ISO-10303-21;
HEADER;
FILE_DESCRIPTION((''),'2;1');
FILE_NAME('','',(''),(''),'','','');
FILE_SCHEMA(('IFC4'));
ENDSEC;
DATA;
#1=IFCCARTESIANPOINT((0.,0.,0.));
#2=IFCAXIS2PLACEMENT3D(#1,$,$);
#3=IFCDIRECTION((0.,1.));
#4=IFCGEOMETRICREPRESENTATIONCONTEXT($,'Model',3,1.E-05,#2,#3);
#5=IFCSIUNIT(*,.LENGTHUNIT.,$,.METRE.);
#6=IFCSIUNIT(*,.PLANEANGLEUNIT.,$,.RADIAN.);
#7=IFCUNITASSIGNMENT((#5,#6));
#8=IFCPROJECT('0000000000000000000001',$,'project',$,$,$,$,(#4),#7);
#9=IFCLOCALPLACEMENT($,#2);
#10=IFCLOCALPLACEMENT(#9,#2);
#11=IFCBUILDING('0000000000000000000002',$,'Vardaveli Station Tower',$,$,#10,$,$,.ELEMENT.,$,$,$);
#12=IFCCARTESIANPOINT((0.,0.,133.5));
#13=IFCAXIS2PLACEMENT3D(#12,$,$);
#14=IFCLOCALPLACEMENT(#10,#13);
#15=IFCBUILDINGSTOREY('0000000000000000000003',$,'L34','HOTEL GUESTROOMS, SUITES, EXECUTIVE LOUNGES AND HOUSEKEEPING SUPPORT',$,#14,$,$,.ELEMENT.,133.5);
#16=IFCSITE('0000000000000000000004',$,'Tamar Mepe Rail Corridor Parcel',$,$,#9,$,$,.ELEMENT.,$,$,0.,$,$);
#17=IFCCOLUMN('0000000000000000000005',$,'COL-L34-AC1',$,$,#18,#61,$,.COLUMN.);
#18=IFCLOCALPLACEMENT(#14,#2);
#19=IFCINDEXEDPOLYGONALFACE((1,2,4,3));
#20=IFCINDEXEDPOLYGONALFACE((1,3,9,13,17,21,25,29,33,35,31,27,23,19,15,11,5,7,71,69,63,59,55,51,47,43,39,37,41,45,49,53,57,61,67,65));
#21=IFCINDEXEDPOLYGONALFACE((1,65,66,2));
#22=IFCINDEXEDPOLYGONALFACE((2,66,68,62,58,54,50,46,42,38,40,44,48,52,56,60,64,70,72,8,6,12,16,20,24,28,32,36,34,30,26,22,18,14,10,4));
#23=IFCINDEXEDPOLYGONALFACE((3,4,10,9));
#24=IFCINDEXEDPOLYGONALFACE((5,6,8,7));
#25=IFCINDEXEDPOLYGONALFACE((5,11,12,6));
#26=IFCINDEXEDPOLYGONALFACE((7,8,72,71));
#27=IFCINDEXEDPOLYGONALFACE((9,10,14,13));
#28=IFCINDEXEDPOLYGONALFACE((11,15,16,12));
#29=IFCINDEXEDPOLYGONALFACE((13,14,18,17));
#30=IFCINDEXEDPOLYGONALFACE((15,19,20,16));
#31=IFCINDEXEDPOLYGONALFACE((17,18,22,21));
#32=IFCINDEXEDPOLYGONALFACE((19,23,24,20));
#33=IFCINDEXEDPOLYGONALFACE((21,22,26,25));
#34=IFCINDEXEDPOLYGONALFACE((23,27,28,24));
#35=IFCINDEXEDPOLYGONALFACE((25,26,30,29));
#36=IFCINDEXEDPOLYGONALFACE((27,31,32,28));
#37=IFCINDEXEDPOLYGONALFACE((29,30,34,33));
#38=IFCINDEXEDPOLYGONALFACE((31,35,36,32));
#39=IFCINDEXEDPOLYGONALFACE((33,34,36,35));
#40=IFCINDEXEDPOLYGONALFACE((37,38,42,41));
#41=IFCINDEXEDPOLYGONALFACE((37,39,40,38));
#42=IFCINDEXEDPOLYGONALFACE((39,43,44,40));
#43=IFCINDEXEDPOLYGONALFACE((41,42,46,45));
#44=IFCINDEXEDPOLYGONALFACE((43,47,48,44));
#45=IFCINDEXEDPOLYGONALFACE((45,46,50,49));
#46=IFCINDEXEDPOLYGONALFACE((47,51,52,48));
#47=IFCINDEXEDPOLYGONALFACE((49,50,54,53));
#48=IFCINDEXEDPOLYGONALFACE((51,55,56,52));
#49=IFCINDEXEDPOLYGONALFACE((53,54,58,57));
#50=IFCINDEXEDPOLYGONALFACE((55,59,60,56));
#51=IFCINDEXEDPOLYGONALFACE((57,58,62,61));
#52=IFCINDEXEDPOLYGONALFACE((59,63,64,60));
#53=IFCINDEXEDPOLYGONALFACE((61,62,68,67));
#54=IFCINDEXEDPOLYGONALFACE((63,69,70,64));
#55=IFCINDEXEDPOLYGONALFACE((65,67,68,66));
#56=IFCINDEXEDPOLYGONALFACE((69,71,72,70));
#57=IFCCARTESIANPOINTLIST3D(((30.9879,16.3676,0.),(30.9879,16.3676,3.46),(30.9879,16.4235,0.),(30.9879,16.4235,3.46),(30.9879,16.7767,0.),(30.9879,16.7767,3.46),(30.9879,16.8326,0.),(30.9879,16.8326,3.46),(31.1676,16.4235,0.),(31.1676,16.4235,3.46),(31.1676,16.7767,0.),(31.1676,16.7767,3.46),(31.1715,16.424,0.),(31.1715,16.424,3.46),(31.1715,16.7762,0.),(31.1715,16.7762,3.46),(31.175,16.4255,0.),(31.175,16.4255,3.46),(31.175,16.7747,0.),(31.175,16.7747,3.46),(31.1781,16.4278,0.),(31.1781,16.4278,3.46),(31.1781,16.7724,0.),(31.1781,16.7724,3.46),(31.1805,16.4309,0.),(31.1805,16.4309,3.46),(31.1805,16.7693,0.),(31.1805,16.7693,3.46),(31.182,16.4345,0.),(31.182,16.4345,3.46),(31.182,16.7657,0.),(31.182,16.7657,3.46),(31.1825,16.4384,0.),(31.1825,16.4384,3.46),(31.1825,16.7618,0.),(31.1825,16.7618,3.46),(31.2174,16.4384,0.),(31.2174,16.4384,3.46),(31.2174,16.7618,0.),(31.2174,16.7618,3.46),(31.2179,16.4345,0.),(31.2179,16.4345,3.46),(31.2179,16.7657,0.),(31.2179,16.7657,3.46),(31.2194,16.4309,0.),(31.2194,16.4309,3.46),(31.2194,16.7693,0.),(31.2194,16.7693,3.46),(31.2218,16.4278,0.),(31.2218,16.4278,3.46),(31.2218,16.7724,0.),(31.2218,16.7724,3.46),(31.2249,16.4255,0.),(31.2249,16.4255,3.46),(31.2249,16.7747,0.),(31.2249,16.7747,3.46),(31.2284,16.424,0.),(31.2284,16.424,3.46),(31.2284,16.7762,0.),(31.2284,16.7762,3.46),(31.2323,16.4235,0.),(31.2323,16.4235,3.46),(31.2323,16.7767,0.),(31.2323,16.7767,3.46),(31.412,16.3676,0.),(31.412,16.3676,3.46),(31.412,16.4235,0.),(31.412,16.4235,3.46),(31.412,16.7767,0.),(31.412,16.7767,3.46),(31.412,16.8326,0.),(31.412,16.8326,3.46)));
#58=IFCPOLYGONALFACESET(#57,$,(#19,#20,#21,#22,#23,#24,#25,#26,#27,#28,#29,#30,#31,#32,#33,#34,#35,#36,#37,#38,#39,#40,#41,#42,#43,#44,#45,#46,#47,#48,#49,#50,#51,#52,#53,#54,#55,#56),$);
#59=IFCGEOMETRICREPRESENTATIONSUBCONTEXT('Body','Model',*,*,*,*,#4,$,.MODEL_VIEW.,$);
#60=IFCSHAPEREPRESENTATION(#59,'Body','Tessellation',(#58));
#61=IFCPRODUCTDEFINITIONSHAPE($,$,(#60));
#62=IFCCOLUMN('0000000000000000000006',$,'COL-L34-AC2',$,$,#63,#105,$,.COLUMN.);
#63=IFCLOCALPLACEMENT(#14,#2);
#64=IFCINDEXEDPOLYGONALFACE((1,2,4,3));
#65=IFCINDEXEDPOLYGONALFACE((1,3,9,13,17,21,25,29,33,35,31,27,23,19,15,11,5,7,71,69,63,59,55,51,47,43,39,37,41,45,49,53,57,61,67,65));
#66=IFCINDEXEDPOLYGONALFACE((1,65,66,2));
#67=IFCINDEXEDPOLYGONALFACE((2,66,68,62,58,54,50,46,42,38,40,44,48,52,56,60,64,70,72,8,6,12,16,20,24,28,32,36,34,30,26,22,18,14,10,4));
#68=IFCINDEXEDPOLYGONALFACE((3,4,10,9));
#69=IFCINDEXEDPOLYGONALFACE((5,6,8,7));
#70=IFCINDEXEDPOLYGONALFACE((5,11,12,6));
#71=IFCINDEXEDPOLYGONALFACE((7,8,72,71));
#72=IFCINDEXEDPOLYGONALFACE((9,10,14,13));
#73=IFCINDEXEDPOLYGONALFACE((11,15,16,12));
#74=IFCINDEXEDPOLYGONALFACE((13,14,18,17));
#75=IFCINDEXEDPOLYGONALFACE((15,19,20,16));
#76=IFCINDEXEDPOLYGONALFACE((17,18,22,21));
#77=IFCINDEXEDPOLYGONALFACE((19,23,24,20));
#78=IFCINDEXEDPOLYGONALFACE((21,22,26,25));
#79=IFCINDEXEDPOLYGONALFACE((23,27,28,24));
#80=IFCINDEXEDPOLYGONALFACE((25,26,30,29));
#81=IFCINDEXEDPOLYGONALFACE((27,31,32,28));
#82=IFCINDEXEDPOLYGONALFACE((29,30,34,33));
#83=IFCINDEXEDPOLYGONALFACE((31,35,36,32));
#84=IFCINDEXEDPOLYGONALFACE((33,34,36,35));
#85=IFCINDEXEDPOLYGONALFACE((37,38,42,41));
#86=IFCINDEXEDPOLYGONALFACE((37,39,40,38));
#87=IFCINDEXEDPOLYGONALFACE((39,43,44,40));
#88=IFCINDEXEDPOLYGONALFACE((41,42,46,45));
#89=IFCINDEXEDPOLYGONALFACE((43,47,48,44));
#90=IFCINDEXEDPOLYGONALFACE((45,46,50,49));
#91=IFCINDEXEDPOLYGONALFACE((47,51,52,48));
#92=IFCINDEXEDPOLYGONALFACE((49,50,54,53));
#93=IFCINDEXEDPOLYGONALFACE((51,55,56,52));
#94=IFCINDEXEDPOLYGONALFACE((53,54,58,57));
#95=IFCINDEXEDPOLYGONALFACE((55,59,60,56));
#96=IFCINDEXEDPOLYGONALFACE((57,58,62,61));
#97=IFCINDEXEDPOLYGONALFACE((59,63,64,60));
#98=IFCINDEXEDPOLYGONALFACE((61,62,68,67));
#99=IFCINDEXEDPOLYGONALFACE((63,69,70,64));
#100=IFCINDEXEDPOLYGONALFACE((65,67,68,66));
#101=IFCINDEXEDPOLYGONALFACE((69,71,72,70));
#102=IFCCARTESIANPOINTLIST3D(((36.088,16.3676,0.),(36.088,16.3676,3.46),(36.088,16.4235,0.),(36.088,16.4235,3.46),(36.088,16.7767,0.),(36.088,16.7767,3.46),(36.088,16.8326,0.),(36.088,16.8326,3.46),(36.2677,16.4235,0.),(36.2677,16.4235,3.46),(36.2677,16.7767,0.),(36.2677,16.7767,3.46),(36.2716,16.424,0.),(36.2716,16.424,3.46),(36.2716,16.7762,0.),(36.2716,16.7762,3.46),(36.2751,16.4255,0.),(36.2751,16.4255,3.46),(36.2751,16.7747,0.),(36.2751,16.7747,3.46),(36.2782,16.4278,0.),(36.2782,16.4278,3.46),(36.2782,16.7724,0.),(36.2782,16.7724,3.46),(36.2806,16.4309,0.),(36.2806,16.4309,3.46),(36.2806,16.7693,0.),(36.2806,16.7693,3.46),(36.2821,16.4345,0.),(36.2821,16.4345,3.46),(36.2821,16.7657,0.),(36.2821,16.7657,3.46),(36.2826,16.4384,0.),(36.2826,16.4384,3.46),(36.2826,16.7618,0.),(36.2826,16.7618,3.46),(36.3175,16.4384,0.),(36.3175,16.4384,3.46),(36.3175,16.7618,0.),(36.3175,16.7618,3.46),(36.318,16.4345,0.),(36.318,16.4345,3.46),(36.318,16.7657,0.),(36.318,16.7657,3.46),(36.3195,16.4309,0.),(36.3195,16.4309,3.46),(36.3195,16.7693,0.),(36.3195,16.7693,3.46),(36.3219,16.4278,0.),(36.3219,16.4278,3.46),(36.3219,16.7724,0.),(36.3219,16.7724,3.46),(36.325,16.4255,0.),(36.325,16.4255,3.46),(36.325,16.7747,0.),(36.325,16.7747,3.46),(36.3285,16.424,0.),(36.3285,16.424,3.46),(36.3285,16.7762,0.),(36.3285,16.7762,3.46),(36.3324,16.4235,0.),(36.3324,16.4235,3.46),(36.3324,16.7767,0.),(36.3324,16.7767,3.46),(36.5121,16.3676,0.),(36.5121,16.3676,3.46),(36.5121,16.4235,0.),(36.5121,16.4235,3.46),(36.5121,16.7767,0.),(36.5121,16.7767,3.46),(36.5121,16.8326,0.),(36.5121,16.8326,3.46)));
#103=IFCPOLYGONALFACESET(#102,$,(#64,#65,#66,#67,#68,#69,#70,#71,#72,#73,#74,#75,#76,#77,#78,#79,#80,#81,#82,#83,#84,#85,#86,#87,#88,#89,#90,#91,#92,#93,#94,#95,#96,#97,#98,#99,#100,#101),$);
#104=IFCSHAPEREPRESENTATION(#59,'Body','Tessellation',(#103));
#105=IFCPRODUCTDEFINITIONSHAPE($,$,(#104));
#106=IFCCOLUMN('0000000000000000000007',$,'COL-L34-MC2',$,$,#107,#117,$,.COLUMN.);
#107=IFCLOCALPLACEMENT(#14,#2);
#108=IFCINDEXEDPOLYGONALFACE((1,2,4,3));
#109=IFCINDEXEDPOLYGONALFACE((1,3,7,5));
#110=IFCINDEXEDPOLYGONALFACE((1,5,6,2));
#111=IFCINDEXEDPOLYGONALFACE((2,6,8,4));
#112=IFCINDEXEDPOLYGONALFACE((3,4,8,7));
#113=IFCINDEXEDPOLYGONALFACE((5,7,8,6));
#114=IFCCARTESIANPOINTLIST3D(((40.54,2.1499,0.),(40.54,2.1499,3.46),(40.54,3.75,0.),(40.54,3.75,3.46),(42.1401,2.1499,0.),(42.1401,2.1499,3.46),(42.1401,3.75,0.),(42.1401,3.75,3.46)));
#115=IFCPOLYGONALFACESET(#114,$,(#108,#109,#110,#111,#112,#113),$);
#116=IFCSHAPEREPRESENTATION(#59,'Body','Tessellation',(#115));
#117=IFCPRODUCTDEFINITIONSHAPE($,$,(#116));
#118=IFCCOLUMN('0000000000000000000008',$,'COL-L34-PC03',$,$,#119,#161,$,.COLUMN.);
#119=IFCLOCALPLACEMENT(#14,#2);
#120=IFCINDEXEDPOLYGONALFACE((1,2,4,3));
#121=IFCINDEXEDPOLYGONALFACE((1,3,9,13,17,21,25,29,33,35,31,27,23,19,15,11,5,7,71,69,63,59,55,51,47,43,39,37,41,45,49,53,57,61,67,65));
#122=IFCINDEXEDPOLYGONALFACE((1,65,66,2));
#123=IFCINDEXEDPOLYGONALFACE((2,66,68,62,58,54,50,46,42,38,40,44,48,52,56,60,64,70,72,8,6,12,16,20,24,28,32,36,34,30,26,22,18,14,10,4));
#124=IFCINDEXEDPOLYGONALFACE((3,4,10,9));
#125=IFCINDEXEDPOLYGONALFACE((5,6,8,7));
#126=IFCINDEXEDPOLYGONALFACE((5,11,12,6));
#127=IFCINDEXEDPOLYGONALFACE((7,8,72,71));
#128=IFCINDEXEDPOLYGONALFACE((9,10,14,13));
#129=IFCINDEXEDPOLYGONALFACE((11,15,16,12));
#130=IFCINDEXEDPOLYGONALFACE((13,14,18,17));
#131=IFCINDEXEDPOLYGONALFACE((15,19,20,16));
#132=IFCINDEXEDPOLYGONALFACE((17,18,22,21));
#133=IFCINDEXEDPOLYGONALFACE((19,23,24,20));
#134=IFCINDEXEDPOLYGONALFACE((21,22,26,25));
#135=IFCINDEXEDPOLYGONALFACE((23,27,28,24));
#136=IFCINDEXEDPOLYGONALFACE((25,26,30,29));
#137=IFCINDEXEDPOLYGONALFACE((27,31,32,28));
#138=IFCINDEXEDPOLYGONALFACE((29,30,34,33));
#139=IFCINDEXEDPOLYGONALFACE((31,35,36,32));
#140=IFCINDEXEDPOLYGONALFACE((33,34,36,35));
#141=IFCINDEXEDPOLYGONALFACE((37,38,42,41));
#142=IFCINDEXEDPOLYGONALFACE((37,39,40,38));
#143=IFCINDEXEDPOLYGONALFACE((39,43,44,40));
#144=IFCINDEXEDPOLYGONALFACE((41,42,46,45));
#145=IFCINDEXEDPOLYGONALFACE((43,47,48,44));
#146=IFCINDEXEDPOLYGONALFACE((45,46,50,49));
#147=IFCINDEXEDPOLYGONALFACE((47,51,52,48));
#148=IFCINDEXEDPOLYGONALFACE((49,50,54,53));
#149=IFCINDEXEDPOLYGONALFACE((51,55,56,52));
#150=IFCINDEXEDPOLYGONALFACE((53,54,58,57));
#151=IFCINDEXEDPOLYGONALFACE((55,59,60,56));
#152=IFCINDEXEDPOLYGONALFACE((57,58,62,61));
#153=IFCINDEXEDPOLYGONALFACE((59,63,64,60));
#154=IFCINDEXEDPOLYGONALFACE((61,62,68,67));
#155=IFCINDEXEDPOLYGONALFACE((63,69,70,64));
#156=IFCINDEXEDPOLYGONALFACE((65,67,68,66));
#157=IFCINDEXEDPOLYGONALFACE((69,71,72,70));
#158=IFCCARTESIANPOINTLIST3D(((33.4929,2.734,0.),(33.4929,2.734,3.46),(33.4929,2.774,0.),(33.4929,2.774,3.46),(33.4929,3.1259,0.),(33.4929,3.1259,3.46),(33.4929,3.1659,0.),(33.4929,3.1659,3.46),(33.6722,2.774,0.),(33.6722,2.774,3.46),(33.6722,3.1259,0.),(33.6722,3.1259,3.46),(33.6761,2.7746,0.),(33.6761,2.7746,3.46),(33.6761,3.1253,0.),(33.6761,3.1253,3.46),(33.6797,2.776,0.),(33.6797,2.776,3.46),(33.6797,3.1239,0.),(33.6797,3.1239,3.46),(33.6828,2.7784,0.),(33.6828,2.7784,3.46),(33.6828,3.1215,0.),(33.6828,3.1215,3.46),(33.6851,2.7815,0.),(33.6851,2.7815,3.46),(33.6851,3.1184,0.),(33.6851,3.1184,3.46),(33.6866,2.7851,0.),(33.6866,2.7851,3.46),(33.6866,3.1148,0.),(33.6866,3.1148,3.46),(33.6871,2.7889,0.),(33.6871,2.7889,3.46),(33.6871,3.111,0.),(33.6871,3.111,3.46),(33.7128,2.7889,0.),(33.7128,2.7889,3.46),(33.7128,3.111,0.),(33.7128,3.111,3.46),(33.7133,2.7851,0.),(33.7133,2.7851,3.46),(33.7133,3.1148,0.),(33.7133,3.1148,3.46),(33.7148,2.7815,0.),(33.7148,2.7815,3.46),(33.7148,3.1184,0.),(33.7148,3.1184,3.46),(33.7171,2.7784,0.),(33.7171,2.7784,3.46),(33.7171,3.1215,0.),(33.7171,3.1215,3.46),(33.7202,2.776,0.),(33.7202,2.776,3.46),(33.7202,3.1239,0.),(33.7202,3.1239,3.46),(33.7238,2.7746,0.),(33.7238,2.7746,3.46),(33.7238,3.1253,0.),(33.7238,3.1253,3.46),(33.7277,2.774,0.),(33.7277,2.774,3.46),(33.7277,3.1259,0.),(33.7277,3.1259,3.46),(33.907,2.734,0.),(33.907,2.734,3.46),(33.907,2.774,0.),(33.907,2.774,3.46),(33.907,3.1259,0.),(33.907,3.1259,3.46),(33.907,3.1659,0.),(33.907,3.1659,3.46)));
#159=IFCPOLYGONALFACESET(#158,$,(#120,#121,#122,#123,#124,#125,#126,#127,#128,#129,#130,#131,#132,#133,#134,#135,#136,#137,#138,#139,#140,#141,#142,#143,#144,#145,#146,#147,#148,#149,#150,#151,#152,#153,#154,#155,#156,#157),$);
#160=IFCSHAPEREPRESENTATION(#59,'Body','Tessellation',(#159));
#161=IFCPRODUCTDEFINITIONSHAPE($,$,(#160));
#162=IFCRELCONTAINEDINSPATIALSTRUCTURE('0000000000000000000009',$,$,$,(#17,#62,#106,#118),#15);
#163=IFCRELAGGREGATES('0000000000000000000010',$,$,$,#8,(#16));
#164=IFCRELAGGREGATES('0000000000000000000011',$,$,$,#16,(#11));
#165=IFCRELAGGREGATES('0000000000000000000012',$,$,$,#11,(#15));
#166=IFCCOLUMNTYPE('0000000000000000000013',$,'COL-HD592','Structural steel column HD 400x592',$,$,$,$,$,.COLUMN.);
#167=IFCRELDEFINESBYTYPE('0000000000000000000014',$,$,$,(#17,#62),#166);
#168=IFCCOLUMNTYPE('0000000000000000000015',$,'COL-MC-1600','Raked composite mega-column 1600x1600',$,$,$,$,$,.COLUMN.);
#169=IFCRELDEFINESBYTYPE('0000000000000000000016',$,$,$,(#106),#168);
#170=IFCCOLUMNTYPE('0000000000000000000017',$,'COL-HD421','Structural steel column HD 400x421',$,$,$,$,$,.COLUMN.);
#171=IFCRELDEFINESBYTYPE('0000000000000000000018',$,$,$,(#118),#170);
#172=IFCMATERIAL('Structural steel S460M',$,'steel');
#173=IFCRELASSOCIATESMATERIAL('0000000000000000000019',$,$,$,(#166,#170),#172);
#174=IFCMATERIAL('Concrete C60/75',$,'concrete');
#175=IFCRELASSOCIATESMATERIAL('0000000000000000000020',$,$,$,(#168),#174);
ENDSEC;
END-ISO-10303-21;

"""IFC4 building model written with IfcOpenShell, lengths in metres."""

from ifc_helpers import new_model, si_unit, direction, frame, origin, origin_2d, place, context, subcontext, project, spatial, rectangle, i_section, extrude, source, transform, mapped, material, material_profile, profile_set, type_object, element, save


model = new_model("IFC4")

# Units and contexts
model_context = context("Model", 3, precision=1e-05, world=origin(), true_north=direction((0.0, 1.0)))
body_context = subcontext(model_context, "Body", "Model", "MODEL_VIEW")
ifc_project = project(units=[si_unit("LENGTHUNIT", "METRE"), si_unit("PLANEANGLEUNIT", "RADIAN")], contexts=[model_context])

# Site, building, storey
site_placement = place(None, origin())
site = spatial("IfcSite", under=ifc_project, at=site_placement, Name="Tamar Mepe Rail Corridor Parcel", CompositionType="ELEMENT", RefElevation=0.0)
building_placement = place(site_placement, origin())
building = spatial("IfcBuilding", under=site, at=building_placement, Name="Vardaveli Station Tower", CompositionType="ELEMENT")
storey_placement = place(building_placement, frame((0.0, 0.0, 133.5)))
storey = spatial("IfcBuildingStorey", under=building, at=storey_placement, Name="L34", Description="HOTEL GUESTROOMS, SUITES, EXECUTIVE LOUNGES AND HOUSEKEEPING SUPPORT", CompositionType="ELEMENT", Elevation=133.5)

# Columns
ifc_material_1 = material(Name="Structural steel S460M", Category="steel")
ifc_material_profile_1 = material_profile(ifc_material_1, i_section(OverallWidth=0.4241, OverallDepth=0.4651, WebThickness=0.0349, FlangeThickness=0.0559, FilletRadius=0.0149, at=origin_2d()), Name="HD 400x592")
ifc_profile_set_1 = profile_set([ifc_material_profile_1], Name="Structural steel S460M")
column_type_1 = type_object("IfcColumnType", Name="COL-HD592", Description="Structural steel column HD 400x592", PredefinedType="COLUMN", material=ifc_profile_set_1)
shared_shape_1 = source(origin(), body_context, "Body", "SweptSolid", [
    extrude(i_section(OverallWidth=0.4241, OverallDepth=0.4651, WebThickness=0.0349, FlangeThickness=0.0559, FilletRadius=0.0149, at=origin_2d()), origin(), (0.0, 0.0, 1.0), 3.46),
])
for number, where, z_axis, x_axis, name in (
    (1, (31.2, 16.6001, 0.0), (0.0, 0.0, 1.0), (1.0, 0.0, 0.0), "COL-L34-AC1"),
    (2, (36.3, 16.6001, 0.0), (0.0, 0.0, 1.0), (1.0, 0.0, 0.0), "COL-L34-AC2"),
):
    element("IfcColumn", number, at=place(storey_placement, frame(where, z_axis=z_axis, x_axis=x_axis)), inside=storey, type_object=column_type_1, Name=name, PredefinedType="COLUMN", context=body_context, shape_type="MappedRepresentation", body=[
        mapped(shared_shape_1, transform((0.0, 0.0, 0.0), scale=1.0)),
    ])
ifc_material_2 = material(Name="Concrete C60/75", Category="concrete")
ifc_material_profile_2 = material_profile(ifc_material_2, rectangle(XDim=1.6001, YDim=1.6001, at=origin_2d()), Name="MC 1600x1600")
ifc_profile_set_2 = profile_set([ifc_material_profile_2], Name="Concrete C60/75")
column_type_2 = type_object("IfcColumnType", Name="COL-MC-1600", Description="Raked composite mega-column 1600x1600", PredefinedType="COLUMN", material=ifc_profile_set_2)
shared_shape_2 = source(origin(), body_context, "Body", "SweptSolid", [
    extrude(rectangle(XDim=1.6001, YDim=1.6001, at=origin_2d()), origin(), (0.0, 0.0, 1.0), 3.46),
])
column_1_placement = place(storey_placement, frame((41.3401, 2.95, 0.0), z_axis=(0.0, 0.0, 1.0), x_axis=(1.0, 0.0, 0.0)))
element("IfcColumn", 3, at=column_1_placement, inside=storey, type_object=column_type_2, Name="COL-L34-MC2", PredefinedType="COLUMN", context=body_context, shape_type="MappedRepresentation", body=[
    mapped(shared_shape_2, transform((0.0, 0.0, 0.0), scale=1.0)),
])
ifc_material_profile_3 = material_profile(ifc_material_1, i_section(OverallWidth=0.4141, OverallDepth=0.4319, WebThickness=0.0256, FlangeThickness=0.04, FilletRadius=0.0149, at=origin_2d()), Name="HD 400x421")
ifc_profile_set_3 = profile_set([ifc_material_profile_3], Name="Structural steel S460M")
column_type_3 = type_object("IfcColumnType", Name="COL-HD421", Description="Structural steel column HD 400x421", PredefinedType="COLUMN", material=ifc_profile_set_3)
shared_shape_3 = source(origin(), body_context, "Body", "SweptSolid", [
    extrude(i_section(OverallWidth=0.4141, OverallDepth=0.4319, WebThickness=0.0256, FlangeThickness=0.04, FilletRadius=0.0149, at=origin_2d()), origin(), (0.0, 0.0, 1.0), 3.46),
])
column_2_placement = place(storey_placement, frame((33.7, 2.95, 0.0), z_axis=(0.0, 0.0, 1.0), x_axis=(1.0, 0.0, 0.0)))
element("IfcColumn", 4, at=column_2_placement, inside=storey, type_object=column_type_3, Name="COL-L34-PC03", PredefinedType="COLUMN", context=body_context, shape_type="MappedRepresentation", body=[
    mapped(shared_shape_3, transform((0.0, 0.0, 0.0), scale=1.0)),
])

save(model, "model.ifc")
